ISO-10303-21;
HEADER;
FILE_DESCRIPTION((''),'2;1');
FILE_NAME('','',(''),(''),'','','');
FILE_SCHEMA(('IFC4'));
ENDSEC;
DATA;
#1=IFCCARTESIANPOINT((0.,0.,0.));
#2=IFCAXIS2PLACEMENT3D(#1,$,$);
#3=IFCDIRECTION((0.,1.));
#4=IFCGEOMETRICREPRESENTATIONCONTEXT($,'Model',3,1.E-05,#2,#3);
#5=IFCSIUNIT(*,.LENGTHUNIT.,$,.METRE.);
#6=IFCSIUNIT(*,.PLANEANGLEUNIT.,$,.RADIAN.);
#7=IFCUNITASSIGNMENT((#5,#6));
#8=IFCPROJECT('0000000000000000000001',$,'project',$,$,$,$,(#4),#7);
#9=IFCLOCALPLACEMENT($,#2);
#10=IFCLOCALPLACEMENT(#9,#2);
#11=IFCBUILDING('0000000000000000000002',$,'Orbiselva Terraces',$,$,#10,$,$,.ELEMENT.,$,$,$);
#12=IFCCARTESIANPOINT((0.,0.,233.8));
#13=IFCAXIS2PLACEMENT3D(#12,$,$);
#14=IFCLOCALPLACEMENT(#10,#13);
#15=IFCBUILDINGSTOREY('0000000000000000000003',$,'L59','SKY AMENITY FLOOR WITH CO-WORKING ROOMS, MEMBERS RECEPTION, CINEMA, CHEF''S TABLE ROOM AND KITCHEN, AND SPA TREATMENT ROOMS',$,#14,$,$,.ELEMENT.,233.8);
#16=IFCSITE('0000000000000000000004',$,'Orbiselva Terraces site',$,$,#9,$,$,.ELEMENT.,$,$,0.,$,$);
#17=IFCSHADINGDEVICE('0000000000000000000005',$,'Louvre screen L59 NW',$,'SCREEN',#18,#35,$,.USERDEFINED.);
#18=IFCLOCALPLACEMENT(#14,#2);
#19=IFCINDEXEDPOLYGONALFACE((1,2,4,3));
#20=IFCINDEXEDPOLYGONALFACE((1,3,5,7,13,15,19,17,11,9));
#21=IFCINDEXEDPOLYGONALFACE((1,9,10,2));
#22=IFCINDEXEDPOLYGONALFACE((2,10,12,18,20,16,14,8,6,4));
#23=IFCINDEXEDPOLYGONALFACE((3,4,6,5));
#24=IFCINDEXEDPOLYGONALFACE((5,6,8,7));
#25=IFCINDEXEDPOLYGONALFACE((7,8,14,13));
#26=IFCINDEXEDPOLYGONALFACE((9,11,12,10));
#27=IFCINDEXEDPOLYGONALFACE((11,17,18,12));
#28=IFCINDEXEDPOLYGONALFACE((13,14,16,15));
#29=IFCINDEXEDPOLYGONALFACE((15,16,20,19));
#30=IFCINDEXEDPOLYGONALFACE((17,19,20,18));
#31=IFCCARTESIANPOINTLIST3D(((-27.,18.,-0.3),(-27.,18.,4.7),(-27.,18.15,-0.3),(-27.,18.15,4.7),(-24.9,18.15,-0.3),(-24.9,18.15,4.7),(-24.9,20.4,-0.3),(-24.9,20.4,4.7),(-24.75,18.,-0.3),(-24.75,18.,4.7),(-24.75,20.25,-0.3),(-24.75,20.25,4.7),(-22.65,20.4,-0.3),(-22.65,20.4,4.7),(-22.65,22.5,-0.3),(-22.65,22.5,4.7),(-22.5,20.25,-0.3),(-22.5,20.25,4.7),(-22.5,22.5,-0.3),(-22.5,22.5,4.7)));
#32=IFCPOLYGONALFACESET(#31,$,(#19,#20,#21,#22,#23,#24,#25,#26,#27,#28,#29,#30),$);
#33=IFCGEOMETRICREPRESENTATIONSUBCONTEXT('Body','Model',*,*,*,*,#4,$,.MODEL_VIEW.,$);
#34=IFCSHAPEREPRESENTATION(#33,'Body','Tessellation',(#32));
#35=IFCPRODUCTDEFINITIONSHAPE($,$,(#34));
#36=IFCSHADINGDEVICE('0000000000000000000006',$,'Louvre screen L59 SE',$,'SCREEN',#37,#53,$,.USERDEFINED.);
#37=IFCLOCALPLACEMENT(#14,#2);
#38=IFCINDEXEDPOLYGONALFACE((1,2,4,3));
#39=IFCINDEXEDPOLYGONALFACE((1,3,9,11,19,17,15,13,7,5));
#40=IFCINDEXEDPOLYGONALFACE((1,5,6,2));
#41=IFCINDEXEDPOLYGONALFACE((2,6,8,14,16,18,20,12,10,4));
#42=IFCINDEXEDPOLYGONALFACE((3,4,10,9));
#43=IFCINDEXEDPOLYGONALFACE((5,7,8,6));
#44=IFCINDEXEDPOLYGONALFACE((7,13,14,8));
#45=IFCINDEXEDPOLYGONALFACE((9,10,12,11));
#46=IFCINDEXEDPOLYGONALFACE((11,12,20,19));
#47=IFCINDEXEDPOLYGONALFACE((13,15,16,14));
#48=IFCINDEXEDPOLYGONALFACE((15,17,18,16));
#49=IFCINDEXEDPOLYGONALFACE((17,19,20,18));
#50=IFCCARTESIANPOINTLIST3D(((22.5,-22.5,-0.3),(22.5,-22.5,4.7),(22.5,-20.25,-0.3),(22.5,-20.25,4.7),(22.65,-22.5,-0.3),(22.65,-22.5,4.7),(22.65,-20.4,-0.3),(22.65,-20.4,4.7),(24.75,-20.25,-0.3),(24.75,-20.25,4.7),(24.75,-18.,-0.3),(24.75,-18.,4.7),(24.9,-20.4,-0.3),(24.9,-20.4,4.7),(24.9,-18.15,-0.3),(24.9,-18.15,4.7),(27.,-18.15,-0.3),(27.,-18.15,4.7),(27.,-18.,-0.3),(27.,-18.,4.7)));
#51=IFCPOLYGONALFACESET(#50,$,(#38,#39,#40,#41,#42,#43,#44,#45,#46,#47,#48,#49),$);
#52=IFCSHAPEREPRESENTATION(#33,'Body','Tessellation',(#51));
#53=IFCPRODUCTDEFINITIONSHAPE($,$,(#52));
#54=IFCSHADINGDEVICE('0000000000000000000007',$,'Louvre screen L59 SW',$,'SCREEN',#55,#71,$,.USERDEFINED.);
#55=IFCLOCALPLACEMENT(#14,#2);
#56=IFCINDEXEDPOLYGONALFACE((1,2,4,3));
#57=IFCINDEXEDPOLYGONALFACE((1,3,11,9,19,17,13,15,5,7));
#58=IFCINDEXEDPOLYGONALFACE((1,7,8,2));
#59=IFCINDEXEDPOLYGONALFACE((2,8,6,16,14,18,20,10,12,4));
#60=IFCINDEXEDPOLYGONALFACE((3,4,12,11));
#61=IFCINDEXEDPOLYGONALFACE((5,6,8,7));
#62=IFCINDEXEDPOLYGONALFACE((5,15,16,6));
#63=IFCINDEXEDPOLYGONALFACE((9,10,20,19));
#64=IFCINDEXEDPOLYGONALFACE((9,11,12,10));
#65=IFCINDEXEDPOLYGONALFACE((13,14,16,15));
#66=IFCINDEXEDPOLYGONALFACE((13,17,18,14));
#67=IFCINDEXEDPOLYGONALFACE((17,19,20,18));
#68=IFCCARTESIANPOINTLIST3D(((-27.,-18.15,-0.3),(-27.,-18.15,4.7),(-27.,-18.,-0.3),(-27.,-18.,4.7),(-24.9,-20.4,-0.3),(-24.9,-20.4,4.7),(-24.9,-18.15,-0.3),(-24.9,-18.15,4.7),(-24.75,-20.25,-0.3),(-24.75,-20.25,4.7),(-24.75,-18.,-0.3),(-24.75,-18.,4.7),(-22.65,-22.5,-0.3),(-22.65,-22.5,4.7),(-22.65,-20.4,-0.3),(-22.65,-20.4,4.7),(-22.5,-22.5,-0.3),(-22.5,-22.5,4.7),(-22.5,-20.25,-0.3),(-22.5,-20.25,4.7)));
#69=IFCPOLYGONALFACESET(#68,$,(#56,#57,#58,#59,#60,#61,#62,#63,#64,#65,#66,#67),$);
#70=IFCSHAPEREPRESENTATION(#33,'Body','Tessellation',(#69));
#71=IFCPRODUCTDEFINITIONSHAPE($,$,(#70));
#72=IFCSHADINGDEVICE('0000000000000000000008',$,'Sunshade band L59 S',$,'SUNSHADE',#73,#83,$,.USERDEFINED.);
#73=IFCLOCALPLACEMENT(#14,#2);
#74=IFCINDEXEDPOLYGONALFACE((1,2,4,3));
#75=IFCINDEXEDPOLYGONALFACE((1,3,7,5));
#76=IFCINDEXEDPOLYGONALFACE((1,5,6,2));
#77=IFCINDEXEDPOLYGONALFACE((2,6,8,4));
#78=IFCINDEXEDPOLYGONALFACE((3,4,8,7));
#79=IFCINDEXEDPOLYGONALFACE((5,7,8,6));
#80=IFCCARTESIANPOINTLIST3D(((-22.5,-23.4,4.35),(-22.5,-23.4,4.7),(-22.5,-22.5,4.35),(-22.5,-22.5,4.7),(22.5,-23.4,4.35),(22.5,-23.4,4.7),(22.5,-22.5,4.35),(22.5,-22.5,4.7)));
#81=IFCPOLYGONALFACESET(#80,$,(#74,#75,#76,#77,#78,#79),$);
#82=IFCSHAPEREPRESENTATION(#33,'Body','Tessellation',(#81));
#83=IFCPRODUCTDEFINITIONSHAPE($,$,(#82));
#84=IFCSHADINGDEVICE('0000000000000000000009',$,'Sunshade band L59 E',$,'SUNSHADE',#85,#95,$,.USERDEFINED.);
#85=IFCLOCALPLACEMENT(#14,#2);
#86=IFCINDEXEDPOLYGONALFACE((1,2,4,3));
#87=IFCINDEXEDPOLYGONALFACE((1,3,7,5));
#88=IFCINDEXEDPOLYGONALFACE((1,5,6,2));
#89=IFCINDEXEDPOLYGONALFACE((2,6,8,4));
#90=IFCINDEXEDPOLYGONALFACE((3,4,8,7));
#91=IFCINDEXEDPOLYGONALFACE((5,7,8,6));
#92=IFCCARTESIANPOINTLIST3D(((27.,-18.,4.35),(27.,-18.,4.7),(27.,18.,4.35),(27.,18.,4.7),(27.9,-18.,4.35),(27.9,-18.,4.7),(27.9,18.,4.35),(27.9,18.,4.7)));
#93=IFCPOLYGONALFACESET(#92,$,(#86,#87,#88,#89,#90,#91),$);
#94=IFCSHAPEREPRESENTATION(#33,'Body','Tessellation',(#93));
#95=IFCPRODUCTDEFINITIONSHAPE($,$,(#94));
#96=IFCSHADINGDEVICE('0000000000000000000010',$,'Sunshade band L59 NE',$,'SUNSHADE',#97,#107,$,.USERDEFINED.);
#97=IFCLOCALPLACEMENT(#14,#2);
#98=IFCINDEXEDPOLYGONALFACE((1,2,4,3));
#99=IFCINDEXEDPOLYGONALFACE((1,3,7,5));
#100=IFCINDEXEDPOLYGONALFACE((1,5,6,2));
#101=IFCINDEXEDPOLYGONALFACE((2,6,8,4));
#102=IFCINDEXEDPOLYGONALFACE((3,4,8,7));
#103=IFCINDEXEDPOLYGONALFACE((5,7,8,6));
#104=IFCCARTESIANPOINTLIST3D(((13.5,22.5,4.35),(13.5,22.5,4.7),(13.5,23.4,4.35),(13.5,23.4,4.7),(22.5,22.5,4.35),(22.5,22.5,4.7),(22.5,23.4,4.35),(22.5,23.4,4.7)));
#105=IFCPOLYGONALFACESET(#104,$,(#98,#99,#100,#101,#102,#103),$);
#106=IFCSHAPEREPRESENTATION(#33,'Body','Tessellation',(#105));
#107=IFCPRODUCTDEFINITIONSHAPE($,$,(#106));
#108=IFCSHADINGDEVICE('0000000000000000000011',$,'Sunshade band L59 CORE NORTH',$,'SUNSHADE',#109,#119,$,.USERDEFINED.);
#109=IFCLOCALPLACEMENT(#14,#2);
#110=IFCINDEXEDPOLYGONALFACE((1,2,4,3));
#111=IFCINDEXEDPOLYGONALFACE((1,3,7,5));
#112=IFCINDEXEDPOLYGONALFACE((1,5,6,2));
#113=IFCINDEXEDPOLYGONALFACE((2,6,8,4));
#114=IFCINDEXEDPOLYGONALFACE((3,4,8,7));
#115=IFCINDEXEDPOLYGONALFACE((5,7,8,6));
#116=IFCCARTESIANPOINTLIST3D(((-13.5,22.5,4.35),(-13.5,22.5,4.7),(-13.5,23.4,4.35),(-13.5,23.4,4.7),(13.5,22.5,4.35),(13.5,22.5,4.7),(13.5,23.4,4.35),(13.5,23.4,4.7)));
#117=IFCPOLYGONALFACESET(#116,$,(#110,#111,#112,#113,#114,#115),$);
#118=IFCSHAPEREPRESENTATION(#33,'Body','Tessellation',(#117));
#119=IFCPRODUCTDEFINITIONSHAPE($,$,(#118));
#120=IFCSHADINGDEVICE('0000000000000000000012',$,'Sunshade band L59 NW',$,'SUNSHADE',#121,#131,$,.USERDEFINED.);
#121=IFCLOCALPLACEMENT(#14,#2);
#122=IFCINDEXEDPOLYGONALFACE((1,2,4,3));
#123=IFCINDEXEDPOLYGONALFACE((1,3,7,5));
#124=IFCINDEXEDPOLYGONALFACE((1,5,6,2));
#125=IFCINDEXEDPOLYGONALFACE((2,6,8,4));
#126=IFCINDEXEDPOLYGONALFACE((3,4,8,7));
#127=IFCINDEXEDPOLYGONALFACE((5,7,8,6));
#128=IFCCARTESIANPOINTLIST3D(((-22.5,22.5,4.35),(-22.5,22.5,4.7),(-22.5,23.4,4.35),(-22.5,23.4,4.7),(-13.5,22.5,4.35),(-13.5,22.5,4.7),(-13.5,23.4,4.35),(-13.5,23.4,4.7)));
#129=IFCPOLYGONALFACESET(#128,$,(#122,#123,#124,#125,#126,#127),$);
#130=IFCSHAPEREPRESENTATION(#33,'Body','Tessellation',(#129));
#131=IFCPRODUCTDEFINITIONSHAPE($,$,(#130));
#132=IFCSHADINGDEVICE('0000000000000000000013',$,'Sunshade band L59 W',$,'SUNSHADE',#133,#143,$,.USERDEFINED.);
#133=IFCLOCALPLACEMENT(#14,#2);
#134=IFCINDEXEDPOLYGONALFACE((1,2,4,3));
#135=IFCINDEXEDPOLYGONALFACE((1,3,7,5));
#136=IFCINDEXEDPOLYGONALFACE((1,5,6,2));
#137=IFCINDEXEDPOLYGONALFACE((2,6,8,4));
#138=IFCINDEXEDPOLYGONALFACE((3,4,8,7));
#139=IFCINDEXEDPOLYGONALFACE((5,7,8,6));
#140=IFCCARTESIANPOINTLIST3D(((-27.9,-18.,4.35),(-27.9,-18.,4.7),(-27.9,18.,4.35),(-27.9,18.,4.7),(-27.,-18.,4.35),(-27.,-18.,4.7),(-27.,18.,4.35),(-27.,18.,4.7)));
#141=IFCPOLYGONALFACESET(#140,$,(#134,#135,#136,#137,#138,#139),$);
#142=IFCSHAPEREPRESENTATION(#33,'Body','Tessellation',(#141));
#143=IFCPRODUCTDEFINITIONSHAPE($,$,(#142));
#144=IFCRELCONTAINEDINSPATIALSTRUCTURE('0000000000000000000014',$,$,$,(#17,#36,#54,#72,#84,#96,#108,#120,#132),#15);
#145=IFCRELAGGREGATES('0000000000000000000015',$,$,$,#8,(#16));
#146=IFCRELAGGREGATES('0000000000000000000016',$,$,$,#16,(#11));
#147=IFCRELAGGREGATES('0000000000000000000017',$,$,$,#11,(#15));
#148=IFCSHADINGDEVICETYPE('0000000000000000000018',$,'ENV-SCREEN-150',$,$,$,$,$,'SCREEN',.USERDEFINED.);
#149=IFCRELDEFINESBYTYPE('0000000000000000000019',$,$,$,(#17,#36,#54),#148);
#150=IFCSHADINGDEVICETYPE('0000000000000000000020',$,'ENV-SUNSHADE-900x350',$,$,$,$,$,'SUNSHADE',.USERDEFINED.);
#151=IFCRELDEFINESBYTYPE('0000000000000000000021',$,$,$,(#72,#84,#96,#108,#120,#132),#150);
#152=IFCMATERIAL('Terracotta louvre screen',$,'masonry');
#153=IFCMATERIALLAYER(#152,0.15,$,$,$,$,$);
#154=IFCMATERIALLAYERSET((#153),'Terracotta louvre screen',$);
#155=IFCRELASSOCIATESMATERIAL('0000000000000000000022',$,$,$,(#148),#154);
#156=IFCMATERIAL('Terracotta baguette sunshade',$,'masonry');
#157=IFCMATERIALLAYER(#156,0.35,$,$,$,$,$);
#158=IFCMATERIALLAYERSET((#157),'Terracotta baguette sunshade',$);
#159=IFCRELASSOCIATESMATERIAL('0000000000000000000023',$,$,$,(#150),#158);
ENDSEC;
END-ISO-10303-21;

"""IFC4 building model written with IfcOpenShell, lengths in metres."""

from ifc_helpers import new_model, si_unit, direction, frame, origin, place, context, subcontext, project, spatial, polyline, outline, extrude, material, layer, layer_set, type_object, element, save


model = new_model("IFC4")

# Units and contexts
model_context = context("Model", 3, precision=1e-05, world=origin(), true_north=direction((0.0, 1.0)))
body_context = subcontext(model_context, "Body", "Model", "MODEL_VIEW")
ifc_project = project(units=[si_unit("LENGTHUNIT", "METRE"), si_unit("PLANEANGLEUNIT", "RADIAN")], contexts=[model_context])

# Site, building, storey
site_placement = place(None, origin())
site = spatial("IfcSite", under=ifc_project, at=site_placement, Name="Orbiselva Terraces site", CompositionType="ELEMENT", RefElevation=0.0)
building_placement = place(site_placement, origin())
building = spatial("IfcBuilding", under=site, at=building_placement, Name="Orbiselva Terraces", CompositionType="ELEMENT")
storey_placement = place(building_placement, frame((0.0, 0.0, 233.8)))
storey = spatial("IfcBuildingStorey", under=building, at=storey_placement, Name="L59", Description="SKY AMENITY FLOOR WITH CO-WORKING ROOMS, MEMBERS RECEPTION, CINEMA, CHEF'S TABLE ROOM AND KITCHEN, AND SPA TREATMENT ROOMS", CompositionType="ELEMENT", Elevation=233.8)

# Shading devices
ifc_material_1 = material(Name="Terracotta louvre screen", Category="masonry")
ifc_layer_1 = layer(ifc_material_1, 0.15)
ifc_layer_set_1 = layer_set([ifc_layer_1], Name="Terracotta louvre screen")
shading_device_type_1 = type_object("IfcShadingDeviceType", Name="ENV-SCREEN-150", ElementType="SCREEN", PredefinedType="USERDEFINED", material=ifc_layer_set_1)
shading_device_1_placement = place(storey_placement, frame((0.0, 0.0, -0.3)))
element("IfcShadingDevice", 1, at=shading_device_1_placement, inside=storey, type_object=shading_device_type_1, Name="Louvre screen L59 NW", ObjectType="SCREEN", PredefinedType="USERDEFINED", context=body_context, shape_type="SweptSolid", body=[
    extrude(outline(polyline([(-22.65, 22.5), (-22.65, 20.4), (-24.9, 20.4), (-24.9, 18.15), (-27.0, 18.15), (-27.0, 18.0), (-24.75, 18.0), (-24.75, 20.25), (-22.5, 20.25), (-22.5, 22.5), (-22.65, 22.5)])), origin(), (0.0, 0.0, 1.0), 5.0),
])
shading_device_2_placement = place(storey_placement, frame((0.0, 0.0, -0.3)))
element("IfcShadingDevice", 2, at=shading_device_2_placement, inside=storey, type_object=shading_device_type_1, Name="Louvre screen L59 SE", ObjectType="SCREEN", PredefinedType="USERDEFINED", context=body_context, shape_type="SweptSolid", body=[
    extrude(outline(polyline([(22.65, -22.5), (22.65, -20.4), (24.9, -20.4), (24.9, -18.15), (27.0, -18.15), (27.0, -18.0), (24.75, -18.0), (24.75, -20.25), (22.5, -20.25), (22.5, -22.5), (22.65, -22.5)])), origin(), (0.0, 0.0, 1.0), 5.0),
])
shading_device_3_placement = place(storey_placement, frame((0.0, 0.0, -0.3)))
element("IfcShadingDevice", 3, at=shading_device_3_placement, inside=storey, type_object=shading_device_type_1, Name="Louvre screen L59 SW", ObjectType="SCREEN", PredefinedType="USERDEFINED", context=body_context, shape_type="SweptSolid", body=[
    extrude(outline(polyline([(-27.0, -18.15), (-24.9, -18.15), (-24.9, -20.4), (-22.65, -20.4), (-22.65, -22.5), (-22.5, -22.5), (-22.5, -20.25), (-24.75, -20.25), (-24.75, -18.0), (-27.0, -18.0), (-27.0, -18.15)])), origin(), (0.0, 0.0, 1.0), 5.0),
])
ifc_material_2 = material(Name="Terracotta baguette sunshade", Category="masonry")
ifc_layer_2 = layer(ifc_material_2, 0.35)
ifc_layer_set_2 = layer_set([ifc_layer_2], Name="Terracotta baguette sunshade")
shading_device_type_2 = type_object("IfcShadingDeviceType", Name="ENV-SUNSHADE-900x350", ElementType="SUNSHADE", PredefinedType="USERDEFINED", material=ifc_layer_set_2)
shading_device_4_placement = place(storey_placement, frame((0.0, 0.0, 4.35)))
element("IfcShadingDevice", 4, at=shading_device_4_placement, inside=storey, type_object=shading_device_type_2, Name="Sunshade band L59 S", ObjectType="SUNSHADE", PredefinedType="USERDEFINED", context=body_context, shape_type="SweptSolid", body=[
    extrude(outline(polyline([(-22.5, -23.4), (22.5, -23.4), (22.5, -22.5), (-22.5, -22.5), (-22.5, -23.4)])), origin(), (0.0, 0.0, 1.0), 0.35),
])
shading_device_5_placement = place(storey_placement, frame((0.0, 0.0, 4.35)))
element("IfcShadingDevice", 5, at=shading_device_5_placement, inside=storey, type_object=shading_device_type_2, Name="Sunshade band L59 E", ObjectType="SUNSHADE", PredefinedType="USERDEFINED", context=body_context, shape_type="SweptSolid", body=[
    extrude(outline(polyline([(27.9, -18.0), (27.9, 18.0), (27.0, 18.0), (27.0, -18.0), (27.9, -18.0)])), origin(), (0.0, 0.0, 1.0), 0.35),
])
shading_device_6_placement = place(storey_placement, frame((0.0, 0.0, 4.35)))
element("IfcShadingDevice", 6, at=shading_device_6_placement, inside=storey, type_object=shading_device_type_2, Name="Sunshade band L59 NE", ObjectType="SUNSHADE", PredefinedType="USERDEFINED", context=body_context, shape_type="SweptSolid", body=[
    extrude(outline(polyline([(22.5, 23.4), (13.5, 23.4), (13.5, 22.5), (22.5, 22.5), (22.5, 23.4)])), origin(), (0.0, 0.0, 1.0), 0.35),
])
shading_device_7_placement = place(storey_placement, frame((0.0, 0.0, 4.35)))
element("IfcShadingDevice", 7, at=shading_device_7_placement, inside=storey, type_object=shading_device_type_2, Name="Sunshade band L59 CORE NORTH", ObjectType="SUNSHADE", PredefinedType="USERDEFINED", context=body_context, shape_type="SweptSolid", body=[
    extrude(outline(polyline([(13.5, 23.4), (-13.5, 23.4), (-13.5, 22.5), (13.5, 22.5), (13.5, 23.4)])), origin(), (0.0, 0.0, 1.0), 0.35),
])
shading_device_8_placement = place(storey_placement, frame((0.0, 0.0, 4.35)))
element("IfcShadingDevice", 8, at=shading_device_8_placement, inside=storey, type_object=shading_device_type_2, Name="Sunshade band L59 NW", ObjectType="SUNSHADE", PredefinedType="USERDEFINED", context=body_context, shape_type="SweptSolid", body=[
    extrude(outline(polyline([(-13.5, 23.4), (-22.5, 23.4), (-22.5, 22.5), (-13.5, 22.5), (-13.5, 23.4)])), origin(), (0.0, 0.0, 1.0), 0.35),
])
shading_device_9_placement = place(storey_placement, frame((0.0, 0.0, 4.35)))
element("IfcShadingDevice", 9, at=shading_device_9_placement, inside=storey, type_object=shading_device_type_2, Name="Sunshade band L59 W", ObjectType="SUNSHADE", PredefinedType="USERDEFINED", context=body_context, shape_type="SweptSolid", body=[
    extrude(outline(polyline([(-27.9, 18.0), (-27.9, -18.0), (-27.0, -18.0), (-27.0, 18.0), (-27.9, 18.0)])), origin(), (0.0, 0.0, 1.0), 0.35),
])

save(model, "model.ifc")
